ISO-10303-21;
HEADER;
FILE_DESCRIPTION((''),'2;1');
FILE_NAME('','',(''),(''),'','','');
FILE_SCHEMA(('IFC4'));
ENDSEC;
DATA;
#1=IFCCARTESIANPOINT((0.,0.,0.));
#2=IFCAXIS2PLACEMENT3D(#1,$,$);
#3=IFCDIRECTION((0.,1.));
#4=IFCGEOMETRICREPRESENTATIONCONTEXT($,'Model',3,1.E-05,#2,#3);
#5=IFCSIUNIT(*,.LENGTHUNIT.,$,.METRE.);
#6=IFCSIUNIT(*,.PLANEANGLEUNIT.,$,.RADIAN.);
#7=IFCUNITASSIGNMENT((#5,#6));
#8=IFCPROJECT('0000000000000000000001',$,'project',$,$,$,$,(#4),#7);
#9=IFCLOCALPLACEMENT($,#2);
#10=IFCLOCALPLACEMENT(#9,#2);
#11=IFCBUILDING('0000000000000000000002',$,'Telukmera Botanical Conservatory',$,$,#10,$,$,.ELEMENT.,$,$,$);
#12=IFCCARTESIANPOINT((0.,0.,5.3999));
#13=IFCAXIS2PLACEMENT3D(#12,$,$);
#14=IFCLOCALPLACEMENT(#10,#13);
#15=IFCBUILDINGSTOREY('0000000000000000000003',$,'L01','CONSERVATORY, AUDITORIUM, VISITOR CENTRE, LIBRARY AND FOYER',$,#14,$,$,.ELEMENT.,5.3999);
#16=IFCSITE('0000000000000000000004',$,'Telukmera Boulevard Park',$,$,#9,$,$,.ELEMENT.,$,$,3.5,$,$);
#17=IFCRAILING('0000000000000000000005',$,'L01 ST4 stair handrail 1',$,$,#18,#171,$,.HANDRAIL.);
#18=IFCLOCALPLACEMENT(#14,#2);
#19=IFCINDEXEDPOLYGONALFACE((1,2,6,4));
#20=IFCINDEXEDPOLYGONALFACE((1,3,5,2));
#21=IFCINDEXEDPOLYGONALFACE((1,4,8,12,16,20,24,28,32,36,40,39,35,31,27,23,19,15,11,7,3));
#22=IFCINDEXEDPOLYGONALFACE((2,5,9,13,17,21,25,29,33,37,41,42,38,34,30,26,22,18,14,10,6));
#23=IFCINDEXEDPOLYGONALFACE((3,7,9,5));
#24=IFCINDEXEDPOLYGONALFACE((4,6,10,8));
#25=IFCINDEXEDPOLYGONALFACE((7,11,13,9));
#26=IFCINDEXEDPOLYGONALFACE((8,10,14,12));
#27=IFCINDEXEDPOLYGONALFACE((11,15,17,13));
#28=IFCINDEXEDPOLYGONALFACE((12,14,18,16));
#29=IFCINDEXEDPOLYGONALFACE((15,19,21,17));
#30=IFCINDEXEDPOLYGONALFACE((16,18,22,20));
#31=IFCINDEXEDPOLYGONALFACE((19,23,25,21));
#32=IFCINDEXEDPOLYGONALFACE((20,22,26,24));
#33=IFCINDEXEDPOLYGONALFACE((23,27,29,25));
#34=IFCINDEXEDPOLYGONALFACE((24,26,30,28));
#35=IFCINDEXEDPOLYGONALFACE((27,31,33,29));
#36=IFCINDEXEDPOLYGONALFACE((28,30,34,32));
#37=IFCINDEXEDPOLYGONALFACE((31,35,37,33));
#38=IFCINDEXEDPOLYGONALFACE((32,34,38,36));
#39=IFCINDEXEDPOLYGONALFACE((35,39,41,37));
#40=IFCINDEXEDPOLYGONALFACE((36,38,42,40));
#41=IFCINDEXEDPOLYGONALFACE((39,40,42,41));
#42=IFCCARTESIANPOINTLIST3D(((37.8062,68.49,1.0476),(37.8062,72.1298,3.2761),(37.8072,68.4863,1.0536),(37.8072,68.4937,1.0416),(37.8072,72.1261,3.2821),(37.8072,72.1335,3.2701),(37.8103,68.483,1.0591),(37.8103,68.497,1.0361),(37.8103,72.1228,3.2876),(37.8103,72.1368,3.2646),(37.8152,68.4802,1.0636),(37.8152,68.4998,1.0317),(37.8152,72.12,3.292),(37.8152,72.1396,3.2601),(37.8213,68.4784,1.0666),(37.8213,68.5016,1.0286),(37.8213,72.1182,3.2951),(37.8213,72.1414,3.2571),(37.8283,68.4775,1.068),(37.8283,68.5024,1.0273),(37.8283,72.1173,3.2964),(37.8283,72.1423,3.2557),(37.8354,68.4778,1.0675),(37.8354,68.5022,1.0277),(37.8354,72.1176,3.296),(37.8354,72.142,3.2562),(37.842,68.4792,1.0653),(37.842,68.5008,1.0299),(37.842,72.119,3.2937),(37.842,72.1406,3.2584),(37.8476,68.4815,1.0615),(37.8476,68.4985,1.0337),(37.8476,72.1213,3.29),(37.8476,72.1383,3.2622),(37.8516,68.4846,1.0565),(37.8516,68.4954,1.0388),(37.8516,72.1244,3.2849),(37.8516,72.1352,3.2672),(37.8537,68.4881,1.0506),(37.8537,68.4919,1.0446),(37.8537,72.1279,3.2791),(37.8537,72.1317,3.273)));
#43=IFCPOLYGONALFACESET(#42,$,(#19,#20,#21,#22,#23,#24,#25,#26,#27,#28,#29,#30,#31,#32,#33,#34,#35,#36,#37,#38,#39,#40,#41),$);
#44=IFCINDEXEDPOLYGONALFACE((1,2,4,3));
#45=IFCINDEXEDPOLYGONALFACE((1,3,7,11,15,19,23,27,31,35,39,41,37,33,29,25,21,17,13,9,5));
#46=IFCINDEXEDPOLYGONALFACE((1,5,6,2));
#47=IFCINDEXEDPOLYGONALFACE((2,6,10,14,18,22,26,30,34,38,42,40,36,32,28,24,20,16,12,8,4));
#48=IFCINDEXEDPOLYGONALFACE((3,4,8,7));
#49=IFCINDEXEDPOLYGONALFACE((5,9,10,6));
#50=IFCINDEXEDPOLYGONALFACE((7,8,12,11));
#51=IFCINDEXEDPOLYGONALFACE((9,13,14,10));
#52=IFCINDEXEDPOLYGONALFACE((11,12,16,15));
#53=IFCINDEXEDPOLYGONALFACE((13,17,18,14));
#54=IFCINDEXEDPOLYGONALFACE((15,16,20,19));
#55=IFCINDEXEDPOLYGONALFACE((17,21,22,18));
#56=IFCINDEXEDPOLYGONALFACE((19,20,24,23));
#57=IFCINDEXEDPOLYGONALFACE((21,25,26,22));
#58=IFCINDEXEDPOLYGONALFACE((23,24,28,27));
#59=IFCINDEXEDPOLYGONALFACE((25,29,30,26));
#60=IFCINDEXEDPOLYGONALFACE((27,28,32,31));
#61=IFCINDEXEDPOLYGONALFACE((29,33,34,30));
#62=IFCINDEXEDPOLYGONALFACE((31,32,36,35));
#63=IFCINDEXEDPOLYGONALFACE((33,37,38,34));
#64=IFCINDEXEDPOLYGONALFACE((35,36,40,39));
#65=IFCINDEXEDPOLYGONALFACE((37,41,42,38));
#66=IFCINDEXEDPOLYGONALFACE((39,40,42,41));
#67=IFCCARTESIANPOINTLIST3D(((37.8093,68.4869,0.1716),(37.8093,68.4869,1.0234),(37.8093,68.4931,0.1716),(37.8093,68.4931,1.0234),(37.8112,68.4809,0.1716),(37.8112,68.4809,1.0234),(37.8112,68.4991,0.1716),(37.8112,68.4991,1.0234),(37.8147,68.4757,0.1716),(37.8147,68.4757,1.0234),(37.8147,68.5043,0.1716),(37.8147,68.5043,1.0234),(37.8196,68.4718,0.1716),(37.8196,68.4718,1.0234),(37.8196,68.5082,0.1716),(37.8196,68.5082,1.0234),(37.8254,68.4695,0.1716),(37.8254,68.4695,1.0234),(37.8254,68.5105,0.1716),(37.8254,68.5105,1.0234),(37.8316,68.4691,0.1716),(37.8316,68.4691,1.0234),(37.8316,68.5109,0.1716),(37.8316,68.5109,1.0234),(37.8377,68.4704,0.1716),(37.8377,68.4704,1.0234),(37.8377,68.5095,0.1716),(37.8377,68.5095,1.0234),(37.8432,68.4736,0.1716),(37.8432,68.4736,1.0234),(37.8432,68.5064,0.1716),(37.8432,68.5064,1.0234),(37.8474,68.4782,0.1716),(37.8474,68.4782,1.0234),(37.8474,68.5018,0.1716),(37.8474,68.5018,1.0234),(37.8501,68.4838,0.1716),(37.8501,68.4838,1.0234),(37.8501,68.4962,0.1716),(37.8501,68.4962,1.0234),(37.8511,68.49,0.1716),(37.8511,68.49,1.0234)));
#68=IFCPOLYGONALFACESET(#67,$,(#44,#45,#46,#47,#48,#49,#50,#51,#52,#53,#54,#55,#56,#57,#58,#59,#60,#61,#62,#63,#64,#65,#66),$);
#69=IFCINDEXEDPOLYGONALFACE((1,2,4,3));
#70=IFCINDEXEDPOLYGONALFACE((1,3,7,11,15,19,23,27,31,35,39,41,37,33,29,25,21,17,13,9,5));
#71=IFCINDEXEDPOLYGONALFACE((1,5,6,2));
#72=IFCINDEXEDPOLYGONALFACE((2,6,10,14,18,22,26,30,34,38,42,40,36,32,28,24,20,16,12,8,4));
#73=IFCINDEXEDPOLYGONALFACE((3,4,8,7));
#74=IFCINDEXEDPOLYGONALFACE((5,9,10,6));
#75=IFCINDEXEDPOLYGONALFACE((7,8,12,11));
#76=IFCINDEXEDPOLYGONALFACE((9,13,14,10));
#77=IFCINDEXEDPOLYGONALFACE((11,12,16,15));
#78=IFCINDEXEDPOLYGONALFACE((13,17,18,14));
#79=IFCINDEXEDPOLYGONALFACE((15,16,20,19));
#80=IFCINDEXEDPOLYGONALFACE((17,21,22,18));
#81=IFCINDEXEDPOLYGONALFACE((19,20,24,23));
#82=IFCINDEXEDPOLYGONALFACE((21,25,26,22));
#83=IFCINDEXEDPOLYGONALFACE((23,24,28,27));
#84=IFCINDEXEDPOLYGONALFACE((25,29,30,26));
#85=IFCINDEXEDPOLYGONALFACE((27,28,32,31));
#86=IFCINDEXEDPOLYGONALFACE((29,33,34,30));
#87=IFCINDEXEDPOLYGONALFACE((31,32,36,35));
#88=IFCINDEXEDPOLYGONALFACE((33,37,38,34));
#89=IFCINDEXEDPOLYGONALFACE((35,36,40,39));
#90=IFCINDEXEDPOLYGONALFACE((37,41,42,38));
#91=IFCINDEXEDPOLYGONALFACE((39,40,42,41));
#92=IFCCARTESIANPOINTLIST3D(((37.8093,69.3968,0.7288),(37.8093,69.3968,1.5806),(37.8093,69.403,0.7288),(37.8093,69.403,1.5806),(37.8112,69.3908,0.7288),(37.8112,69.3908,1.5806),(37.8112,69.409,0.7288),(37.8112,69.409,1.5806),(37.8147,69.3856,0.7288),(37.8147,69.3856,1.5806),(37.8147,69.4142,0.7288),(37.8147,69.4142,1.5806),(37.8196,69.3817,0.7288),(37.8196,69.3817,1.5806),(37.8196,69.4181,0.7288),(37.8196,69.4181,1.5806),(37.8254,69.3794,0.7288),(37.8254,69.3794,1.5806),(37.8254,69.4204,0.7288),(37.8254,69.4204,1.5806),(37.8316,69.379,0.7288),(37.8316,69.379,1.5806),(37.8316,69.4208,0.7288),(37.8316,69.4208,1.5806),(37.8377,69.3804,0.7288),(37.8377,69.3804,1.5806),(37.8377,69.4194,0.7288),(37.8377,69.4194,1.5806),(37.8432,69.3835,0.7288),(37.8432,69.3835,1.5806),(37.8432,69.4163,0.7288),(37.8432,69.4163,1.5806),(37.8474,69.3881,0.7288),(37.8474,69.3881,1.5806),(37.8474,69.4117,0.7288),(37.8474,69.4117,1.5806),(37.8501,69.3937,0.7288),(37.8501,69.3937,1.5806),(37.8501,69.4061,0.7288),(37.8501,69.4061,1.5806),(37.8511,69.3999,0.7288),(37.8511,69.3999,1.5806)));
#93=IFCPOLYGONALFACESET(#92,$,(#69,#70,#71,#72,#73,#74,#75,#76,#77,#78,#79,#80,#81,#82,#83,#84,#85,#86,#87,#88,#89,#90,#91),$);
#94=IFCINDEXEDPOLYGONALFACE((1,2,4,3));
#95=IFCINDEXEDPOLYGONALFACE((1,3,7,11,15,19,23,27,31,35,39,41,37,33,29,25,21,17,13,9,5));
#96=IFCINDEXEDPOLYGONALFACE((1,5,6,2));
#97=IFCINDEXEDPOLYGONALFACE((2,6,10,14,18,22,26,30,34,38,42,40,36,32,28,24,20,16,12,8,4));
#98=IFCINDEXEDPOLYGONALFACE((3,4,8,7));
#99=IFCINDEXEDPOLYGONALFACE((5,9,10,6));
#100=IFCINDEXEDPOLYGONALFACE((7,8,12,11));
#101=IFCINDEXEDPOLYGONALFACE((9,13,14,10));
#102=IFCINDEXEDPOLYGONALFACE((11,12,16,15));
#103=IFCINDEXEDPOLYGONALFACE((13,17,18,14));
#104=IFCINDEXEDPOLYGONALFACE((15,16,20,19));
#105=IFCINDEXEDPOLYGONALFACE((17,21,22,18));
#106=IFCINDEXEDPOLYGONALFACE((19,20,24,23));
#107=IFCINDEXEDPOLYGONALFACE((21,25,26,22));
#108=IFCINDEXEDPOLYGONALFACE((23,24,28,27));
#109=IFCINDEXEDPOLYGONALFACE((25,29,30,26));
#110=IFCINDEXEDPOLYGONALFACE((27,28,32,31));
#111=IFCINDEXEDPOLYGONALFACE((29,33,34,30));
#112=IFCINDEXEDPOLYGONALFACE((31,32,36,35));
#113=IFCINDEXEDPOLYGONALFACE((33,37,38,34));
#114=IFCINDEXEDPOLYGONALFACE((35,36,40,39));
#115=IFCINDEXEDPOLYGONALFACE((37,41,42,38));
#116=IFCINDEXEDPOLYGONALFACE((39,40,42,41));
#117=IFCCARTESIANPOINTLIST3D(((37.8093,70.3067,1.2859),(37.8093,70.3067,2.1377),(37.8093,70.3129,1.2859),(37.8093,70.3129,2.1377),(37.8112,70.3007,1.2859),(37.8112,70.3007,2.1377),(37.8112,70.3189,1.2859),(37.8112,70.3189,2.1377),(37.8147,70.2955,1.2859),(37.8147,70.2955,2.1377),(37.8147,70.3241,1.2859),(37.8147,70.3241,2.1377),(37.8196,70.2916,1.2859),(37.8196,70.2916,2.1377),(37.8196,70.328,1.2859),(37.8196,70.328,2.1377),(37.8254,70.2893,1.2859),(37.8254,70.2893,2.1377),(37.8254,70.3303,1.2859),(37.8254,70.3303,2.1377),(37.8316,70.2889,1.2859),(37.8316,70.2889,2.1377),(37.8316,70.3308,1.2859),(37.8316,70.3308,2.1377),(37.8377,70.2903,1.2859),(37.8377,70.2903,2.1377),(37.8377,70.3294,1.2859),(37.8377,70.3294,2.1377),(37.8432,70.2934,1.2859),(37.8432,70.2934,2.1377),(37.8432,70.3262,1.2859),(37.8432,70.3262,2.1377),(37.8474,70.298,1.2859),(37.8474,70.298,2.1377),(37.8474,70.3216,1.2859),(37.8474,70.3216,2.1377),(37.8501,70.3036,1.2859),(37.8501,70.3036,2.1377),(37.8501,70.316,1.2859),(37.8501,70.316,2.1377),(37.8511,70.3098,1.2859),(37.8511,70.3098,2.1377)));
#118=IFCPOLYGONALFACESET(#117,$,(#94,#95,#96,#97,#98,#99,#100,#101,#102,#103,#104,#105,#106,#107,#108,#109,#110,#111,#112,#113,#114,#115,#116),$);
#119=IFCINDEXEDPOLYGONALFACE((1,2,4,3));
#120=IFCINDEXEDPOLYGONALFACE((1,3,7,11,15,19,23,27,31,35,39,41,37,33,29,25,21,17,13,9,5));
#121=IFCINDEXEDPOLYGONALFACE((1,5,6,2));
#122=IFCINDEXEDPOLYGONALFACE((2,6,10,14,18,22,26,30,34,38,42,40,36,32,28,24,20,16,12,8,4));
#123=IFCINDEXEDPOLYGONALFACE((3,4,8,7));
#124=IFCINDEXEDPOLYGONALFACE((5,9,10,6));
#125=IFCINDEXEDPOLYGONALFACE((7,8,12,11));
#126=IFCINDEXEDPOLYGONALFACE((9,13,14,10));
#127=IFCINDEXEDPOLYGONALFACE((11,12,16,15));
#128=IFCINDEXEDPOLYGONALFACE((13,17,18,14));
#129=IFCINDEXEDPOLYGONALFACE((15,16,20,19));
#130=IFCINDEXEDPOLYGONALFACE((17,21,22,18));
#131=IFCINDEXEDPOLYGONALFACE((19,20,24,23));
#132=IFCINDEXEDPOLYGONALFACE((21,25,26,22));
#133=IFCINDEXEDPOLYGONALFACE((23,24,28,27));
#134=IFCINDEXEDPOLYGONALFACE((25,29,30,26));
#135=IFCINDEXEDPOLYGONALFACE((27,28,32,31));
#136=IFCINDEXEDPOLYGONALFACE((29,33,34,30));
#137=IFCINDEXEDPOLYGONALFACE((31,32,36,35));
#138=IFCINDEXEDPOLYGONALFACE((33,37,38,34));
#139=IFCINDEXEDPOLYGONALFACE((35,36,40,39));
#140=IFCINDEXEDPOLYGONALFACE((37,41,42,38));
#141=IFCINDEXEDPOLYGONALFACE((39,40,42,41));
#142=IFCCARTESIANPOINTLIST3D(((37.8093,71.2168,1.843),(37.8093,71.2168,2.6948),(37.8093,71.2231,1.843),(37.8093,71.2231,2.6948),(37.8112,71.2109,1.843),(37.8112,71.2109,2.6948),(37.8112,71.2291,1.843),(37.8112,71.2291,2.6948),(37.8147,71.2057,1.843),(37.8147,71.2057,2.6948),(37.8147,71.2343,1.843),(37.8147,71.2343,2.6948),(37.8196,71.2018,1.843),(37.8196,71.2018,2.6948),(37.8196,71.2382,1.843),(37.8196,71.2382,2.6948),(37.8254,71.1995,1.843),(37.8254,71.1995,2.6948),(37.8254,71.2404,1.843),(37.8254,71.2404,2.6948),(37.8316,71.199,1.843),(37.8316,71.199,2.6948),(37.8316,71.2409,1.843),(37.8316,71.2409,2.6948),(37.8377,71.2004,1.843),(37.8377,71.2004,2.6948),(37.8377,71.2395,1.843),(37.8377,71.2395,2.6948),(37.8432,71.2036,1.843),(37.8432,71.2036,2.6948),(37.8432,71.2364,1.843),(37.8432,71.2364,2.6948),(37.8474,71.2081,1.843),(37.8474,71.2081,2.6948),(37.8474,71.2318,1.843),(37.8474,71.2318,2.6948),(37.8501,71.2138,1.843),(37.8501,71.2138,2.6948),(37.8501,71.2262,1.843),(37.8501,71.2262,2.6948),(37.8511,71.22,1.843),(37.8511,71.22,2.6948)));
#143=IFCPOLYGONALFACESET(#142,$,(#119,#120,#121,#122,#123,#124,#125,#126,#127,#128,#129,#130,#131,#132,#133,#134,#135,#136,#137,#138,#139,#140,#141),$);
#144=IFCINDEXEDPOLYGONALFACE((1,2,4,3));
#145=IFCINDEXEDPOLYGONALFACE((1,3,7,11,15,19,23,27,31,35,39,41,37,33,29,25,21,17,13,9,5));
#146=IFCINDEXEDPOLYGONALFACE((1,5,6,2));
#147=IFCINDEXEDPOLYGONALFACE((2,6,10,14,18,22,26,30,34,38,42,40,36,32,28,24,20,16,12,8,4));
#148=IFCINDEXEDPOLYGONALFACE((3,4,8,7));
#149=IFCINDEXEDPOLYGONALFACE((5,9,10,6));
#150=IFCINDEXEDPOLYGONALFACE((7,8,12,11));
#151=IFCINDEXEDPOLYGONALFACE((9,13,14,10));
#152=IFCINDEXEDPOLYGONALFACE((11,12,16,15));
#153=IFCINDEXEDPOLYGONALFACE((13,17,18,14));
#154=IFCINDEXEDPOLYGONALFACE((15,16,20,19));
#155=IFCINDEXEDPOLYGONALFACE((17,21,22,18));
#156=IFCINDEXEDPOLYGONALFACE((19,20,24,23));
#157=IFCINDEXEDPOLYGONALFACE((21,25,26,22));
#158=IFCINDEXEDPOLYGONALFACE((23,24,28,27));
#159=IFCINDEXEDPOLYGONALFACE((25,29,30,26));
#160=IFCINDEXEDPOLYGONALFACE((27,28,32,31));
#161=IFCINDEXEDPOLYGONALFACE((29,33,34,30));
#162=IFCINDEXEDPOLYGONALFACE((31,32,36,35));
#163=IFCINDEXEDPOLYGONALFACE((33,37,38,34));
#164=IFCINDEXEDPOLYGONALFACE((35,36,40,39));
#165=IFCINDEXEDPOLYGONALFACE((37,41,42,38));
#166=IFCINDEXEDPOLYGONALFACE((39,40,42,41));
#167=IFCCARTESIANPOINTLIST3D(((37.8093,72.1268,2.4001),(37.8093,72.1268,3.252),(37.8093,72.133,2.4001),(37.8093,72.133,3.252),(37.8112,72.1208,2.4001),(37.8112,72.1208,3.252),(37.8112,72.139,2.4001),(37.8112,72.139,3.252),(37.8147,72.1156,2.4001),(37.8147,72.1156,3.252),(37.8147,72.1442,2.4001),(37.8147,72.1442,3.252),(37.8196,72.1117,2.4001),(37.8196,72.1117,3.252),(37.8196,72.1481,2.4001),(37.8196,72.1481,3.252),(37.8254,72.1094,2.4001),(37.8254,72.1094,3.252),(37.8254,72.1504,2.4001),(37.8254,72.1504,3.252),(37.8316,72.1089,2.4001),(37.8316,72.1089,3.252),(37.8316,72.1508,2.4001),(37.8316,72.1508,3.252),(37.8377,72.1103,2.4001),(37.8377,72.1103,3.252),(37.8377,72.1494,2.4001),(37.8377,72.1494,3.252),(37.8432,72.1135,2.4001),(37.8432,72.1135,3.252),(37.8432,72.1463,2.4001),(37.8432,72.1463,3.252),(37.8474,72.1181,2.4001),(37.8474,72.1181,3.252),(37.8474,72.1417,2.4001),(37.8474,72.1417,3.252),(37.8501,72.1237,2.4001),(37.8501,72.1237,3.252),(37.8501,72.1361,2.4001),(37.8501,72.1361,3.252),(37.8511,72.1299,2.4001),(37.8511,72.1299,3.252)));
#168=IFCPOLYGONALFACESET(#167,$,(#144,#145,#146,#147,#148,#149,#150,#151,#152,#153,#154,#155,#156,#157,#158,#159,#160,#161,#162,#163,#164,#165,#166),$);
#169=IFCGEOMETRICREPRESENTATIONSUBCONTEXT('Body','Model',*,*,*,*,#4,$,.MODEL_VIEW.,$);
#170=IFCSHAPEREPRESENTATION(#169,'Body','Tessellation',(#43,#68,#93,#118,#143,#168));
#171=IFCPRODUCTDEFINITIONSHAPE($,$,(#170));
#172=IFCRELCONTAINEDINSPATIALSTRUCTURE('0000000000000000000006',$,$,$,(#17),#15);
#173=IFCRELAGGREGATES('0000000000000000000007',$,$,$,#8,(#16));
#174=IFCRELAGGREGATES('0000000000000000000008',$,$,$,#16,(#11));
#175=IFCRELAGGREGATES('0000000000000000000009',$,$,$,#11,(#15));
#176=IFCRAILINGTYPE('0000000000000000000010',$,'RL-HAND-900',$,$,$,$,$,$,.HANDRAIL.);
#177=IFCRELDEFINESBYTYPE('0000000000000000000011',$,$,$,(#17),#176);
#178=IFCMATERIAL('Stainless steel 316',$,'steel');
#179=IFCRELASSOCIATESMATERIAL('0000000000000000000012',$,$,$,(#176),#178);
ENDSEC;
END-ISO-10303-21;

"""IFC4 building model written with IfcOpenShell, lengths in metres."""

from ifc_helpers import new_model, si_unit, direction, frame, origin, origin_2d, place, context, subcontext, project, spatial, circle, extrude, material, type_object, element, save


model = new_model("IFC4")

# Units and contexts
model_context = context("Model", 3, precision=1e-05, world=origin(), true_north=direction((0.0, 1.0)))
body_context = subcontext(model_context, "Body", "Model", "MODEL_VIEW")
ifc_project = project(units=[si_unit("LENGTHUNIT", "METRE"), si_unit("PLANEANGLEUNIT", "RADIAN")], contexts=[model_context])

# Site, building, storey
site_placement = place(None, origin())
site = spatial("IfcSite", under=ifc_project, at=site_placement, Name="Telukmera Boulevard Park", CompositionType="ELEMENT", RefElevation=3.5)
building_placement = place(site_placement, origin())
building = spatial("IfcBuilding", under=site, at=building_placement, Name="Telukmera Botanical Conservatory", CompositionType="ELEMENT")
storey_placement = place(building_placement, frame((0.0, 0.0, 5.3999)))
storey = spatial("IfcBuildingStorey", under=building, at=storey_placement, Name="L01", Description="CONSERVATORY, AUDITORIUM, VISITOR CENTRE, LIBRARY AND FOYER", CompositionType="ELEMENT", Elevation=5.3999)

# Railing
ifc_material_1 = material(Name="Stainless steel 316", Category="steel")
railing_type_1 = type_object("IfcRailingType", Name="RL-HAND-900", PredefinedType="HANDRAIL", material=ifc_material_1)
railing_1_placement = place(storey_placement, frame((37.8301, 68.49, 0.1716)))
element("IfcRailing", 1, at=railing_1_placement, inside=storey, type_object=railing_type_1, Name="L01 ST4 stair handrail 1", PredefinedType="HANDRAIL", context=body_context, shape_type="SweptSolid", body=[
    extrude(circle(Radius=0.0239, at=origin_2d()), frame((0.0, 0.0, 0.876), z_axis=(0.0, 0.85285, 0.522156), x_axis=(-1.0, 0.0, 0.0)), (0.0, 0.0, 1.0), 4.2678),
    extrude(circle(Radius=0.021, at=origin_2d()), origin(), (0.0, 0.0, 1.0), 0.8518),
    extrude(circle(Radius=0.021, at=origin_2d()), frame((0.0, 0.9099, 0.5571)), (0.0, 0.0, 1.0), 0.8518),
    extrude(circle(Radius=0.021, at=origin_2d()), frame((0.0, 1.8198, 1.1143)), (0.0, 0.0, 1.0), 0.8518),
    extrude(circle(Radius=0.021, at=origin_2d()), frame((0.0, 2.73, 1.6714)), (0.0, 0.0, 1.0), 0.8518),
    extrude(circle(Radius=0.021, at=origin_2d()), frame((0.0, 3.6399, 2.2285)), (0.0, 0.0, 1.0), 0.8518),
])

save(model, "model.ifc")
